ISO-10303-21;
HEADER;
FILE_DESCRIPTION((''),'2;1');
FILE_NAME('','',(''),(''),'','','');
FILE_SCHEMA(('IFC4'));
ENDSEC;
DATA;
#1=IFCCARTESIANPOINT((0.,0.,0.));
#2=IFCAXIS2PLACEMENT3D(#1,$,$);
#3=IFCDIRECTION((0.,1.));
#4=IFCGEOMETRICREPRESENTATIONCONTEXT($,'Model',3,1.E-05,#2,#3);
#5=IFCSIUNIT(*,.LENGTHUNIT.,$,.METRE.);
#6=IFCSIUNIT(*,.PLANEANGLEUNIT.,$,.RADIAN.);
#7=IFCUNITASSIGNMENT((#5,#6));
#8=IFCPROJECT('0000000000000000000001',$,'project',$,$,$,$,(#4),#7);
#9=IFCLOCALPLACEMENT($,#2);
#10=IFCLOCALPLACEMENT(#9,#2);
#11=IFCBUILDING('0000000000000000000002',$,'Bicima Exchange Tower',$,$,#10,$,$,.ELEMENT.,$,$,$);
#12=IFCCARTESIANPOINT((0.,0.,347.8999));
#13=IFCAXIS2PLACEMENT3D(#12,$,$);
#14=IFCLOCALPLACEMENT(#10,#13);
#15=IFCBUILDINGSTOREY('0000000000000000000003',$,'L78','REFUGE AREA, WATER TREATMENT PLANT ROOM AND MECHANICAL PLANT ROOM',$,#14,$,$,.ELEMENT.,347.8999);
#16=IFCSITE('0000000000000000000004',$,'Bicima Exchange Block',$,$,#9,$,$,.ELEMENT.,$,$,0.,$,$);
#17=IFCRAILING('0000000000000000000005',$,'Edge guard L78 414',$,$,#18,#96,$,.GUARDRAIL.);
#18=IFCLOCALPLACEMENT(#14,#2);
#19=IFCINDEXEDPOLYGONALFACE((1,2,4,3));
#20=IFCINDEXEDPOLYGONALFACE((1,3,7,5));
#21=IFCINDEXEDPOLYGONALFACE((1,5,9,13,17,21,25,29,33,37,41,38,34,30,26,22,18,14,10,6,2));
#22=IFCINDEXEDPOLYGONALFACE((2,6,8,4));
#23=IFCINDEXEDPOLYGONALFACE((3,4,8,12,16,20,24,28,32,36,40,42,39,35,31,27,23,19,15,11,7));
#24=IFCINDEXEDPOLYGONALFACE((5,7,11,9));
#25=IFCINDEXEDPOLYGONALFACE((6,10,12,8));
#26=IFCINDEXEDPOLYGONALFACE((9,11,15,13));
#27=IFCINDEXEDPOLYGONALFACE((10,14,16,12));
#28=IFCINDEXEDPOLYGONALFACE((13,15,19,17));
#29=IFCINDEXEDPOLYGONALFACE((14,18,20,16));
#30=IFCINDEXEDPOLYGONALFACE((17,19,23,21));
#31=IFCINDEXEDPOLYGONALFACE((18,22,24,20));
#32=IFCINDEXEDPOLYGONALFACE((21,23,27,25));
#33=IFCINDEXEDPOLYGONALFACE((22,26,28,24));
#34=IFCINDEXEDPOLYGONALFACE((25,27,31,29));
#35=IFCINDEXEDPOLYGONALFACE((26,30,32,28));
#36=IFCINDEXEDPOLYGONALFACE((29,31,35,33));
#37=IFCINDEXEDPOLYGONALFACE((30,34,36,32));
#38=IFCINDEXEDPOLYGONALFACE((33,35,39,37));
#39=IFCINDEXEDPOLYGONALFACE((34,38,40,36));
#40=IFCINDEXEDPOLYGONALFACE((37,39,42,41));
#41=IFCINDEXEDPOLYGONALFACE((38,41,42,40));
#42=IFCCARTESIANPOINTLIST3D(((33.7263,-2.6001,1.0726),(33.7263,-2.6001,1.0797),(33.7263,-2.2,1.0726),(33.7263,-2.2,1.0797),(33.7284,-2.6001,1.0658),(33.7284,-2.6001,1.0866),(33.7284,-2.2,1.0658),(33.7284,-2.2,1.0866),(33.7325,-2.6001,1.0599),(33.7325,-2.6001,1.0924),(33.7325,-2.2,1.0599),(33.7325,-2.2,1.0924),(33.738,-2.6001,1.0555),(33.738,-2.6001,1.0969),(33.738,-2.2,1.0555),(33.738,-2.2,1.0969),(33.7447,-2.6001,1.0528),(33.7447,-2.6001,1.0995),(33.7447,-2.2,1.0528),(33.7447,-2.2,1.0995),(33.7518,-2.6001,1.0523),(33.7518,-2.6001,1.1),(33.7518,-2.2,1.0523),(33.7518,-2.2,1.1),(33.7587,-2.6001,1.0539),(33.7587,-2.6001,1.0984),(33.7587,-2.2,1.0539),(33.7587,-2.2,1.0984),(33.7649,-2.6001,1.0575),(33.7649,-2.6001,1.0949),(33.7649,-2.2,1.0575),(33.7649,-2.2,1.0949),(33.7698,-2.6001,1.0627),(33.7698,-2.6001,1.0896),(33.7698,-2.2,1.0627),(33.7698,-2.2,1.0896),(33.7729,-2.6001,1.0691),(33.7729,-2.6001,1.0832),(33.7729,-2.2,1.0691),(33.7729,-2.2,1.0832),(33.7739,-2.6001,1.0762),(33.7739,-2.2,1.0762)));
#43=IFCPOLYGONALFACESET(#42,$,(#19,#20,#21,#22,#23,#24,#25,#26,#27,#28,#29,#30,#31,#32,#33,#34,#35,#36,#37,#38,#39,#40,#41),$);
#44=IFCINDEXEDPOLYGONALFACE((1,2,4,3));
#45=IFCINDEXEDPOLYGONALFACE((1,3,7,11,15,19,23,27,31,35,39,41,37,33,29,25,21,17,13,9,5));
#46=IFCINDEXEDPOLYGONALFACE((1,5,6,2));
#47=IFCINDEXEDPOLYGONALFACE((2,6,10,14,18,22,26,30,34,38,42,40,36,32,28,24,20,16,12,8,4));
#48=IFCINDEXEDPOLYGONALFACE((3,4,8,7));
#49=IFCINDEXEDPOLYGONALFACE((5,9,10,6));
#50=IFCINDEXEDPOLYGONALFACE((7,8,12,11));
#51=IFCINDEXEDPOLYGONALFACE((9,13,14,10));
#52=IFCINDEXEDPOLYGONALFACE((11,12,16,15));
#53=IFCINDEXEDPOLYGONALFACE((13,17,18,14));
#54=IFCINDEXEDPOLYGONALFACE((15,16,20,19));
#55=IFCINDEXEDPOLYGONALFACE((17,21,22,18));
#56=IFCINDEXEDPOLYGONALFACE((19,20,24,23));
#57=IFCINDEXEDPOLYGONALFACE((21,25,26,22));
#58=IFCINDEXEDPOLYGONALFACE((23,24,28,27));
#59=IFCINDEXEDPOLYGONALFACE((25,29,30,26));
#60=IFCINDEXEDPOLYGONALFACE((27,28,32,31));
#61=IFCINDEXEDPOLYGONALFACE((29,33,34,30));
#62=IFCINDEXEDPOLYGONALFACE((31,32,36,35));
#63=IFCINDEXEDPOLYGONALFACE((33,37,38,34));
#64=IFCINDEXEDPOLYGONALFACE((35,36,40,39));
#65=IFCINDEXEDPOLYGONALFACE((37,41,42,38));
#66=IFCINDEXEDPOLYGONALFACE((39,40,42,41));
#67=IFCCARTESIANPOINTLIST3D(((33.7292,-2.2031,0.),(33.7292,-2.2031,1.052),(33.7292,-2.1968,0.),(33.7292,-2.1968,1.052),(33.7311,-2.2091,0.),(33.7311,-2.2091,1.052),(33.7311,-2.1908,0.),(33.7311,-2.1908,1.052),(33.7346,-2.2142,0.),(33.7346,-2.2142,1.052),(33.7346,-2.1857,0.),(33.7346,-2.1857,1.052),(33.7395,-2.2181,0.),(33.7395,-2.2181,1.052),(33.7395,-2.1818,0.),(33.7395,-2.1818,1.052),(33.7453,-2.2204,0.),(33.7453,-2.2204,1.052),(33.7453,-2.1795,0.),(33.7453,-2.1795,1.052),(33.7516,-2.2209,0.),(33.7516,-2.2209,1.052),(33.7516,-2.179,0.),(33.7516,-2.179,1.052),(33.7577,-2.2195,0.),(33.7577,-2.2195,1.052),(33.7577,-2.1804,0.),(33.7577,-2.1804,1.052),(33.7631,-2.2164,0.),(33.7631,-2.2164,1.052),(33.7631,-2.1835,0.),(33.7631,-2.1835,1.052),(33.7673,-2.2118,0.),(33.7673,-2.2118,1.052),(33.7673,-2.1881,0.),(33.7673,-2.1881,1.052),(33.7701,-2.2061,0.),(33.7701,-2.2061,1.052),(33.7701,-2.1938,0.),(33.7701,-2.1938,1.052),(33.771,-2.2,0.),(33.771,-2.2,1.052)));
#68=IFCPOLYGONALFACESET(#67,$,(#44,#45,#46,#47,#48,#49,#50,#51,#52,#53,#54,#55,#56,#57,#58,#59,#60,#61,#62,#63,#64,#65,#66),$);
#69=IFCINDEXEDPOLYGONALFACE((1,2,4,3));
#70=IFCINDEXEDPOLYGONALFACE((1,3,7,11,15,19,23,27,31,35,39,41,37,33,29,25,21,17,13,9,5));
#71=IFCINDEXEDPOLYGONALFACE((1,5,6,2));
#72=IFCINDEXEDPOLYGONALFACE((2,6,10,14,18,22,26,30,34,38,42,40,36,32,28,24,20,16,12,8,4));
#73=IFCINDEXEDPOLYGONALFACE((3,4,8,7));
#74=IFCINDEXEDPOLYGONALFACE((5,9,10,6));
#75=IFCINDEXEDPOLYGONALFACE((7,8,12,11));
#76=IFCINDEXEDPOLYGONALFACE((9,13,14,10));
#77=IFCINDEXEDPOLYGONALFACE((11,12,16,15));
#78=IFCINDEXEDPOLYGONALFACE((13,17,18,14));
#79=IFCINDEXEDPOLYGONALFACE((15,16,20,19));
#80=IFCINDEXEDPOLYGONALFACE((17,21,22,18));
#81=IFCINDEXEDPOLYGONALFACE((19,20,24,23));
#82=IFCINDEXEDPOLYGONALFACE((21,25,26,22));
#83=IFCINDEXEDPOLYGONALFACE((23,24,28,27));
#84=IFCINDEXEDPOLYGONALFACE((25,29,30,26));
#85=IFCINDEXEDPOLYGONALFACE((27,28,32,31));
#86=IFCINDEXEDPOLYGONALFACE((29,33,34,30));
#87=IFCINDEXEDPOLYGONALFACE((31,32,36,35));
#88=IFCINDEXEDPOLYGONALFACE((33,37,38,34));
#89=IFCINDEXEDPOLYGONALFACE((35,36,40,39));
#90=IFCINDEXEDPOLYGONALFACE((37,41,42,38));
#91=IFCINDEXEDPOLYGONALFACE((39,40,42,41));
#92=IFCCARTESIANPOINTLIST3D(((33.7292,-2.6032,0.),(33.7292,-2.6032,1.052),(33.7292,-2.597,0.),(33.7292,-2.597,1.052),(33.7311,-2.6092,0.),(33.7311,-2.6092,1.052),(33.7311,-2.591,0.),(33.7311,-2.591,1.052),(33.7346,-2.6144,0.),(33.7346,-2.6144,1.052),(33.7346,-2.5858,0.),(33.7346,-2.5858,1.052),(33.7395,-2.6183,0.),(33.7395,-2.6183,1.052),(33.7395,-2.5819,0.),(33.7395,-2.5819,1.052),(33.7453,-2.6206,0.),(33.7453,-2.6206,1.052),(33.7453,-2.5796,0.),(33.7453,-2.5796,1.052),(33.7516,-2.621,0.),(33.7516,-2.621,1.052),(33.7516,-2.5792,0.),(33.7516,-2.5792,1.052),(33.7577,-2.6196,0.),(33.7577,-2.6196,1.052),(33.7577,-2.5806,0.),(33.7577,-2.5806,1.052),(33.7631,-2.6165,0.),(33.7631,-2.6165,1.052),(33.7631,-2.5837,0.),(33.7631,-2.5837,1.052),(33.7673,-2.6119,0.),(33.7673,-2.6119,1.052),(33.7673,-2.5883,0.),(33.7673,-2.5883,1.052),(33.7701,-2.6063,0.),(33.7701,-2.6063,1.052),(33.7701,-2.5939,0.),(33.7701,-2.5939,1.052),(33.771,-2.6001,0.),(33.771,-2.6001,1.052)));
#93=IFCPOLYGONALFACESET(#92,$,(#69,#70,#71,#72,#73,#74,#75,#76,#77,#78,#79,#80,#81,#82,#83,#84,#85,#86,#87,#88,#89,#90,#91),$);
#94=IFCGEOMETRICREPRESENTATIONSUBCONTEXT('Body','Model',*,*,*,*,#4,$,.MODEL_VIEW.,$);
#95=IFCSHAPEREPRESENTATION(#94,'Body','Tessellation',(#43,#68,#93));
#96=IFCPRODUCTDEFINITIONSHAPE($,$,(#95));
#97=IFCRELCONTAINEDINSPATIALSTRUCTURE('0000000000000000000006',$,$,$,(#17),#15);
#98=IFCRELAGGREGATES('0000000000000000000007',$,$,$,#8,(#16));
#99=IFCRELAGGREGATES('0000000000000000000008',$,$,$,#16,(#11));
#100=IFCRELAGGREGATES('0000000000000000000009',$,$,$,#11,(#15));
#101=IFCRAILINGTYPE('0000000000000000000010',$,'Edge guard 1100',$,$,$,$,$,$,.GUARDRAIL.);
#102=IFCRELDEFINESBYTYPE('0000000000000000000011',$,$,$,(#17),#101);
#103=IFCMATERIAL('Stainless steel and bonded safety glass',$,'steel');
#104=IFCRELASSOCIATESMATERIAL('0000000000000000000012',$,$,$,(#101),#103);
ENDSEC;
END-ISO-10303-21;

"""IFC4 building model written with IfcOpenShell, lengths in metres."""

from ifc_helpers import new_model, si_unit, direction, frame, origin, origin_2d, place, context, subcontext, project, spatial, circle, extrude, material, type_object, element, save


model = new_model("IFC4")

# Units and contexts
model_context = context("Model", 3, precision=1e-05, world=origin(), true_north=direction((0.0, 1.0)))
body_context = subcontext(model_context, "Body", "Model", "MODEL_VIEW")
ifc_project = project(units=[si_unit("LENGTHUNIT", "METRE"), si_unit("PLANEANGLEUNIT", "RADIAN")], contexts=[model_context])

# Site, building, storey
site_placement = place(None, origin())
site = spatial("IfcSite", under=ifc_project, at=site_placement, Name="Bicima Exchange Block", CompositionType="ELEMENT", RefElevation=0.0)
building_placement = place(site_placement, origin())
building = spatial("IfcBuilding", under=site, at=building_placement, Name="Bicima Exchange Tower", CompositionType="ELEMENT")
storey_placement = place(building_placement, frame((0.0, 0.0, 347.8999)))
storey = spatial("IfcBuildingStorey", under=building, at=storey_placement, Name="L78", Description="REFUGE AREA, WATER TREATMENT PLANT ROOM AND MECHANICAL PLANT ROOM", CompositionType="ELEMENT", Elevation=347.8999)

# Railing
ifc_material_1 = material(Name="Stainless steel and bonded safety glass", Category="steel")
railing_type = type_object("IfcRailingType", Name="Edge guard 1100", PredefinedType="GUARDRAIL", material=ifc_material_1)
railing_1_placement = place(storey_placement, frame((33.75, -2.2, 0.0)))
element("IfcRailing", 1, at=railing_1_placement, inside=storey, type_object=railing_type, Name="Edge guard L78 414", PredefinedType="GUARDRAIL", context=body_context, shape_type="SweptSolid", body=[
    extrude(circle(Radius=0.0239, at=origin_2d()), frame((0.0, 0.0, 1.0762), z_axis=(0.0, -1.0, 0.0), x_axis=(1.0, 0.0, 0.0)), (0.0, 0.0, 1.0), 0.4001),
    extrude(circle(Radius=0.021, at=origin_2d()), origin(), (0.0, 0.0, 1.0), 1.052),
    extrude(circle(Radius=0.021, at=origin_2d()), frame((0.0, -0.4001, 0.0)), (0.0, 0.0, 1.0), 1.052),
])

save(model, "model.ifc")
